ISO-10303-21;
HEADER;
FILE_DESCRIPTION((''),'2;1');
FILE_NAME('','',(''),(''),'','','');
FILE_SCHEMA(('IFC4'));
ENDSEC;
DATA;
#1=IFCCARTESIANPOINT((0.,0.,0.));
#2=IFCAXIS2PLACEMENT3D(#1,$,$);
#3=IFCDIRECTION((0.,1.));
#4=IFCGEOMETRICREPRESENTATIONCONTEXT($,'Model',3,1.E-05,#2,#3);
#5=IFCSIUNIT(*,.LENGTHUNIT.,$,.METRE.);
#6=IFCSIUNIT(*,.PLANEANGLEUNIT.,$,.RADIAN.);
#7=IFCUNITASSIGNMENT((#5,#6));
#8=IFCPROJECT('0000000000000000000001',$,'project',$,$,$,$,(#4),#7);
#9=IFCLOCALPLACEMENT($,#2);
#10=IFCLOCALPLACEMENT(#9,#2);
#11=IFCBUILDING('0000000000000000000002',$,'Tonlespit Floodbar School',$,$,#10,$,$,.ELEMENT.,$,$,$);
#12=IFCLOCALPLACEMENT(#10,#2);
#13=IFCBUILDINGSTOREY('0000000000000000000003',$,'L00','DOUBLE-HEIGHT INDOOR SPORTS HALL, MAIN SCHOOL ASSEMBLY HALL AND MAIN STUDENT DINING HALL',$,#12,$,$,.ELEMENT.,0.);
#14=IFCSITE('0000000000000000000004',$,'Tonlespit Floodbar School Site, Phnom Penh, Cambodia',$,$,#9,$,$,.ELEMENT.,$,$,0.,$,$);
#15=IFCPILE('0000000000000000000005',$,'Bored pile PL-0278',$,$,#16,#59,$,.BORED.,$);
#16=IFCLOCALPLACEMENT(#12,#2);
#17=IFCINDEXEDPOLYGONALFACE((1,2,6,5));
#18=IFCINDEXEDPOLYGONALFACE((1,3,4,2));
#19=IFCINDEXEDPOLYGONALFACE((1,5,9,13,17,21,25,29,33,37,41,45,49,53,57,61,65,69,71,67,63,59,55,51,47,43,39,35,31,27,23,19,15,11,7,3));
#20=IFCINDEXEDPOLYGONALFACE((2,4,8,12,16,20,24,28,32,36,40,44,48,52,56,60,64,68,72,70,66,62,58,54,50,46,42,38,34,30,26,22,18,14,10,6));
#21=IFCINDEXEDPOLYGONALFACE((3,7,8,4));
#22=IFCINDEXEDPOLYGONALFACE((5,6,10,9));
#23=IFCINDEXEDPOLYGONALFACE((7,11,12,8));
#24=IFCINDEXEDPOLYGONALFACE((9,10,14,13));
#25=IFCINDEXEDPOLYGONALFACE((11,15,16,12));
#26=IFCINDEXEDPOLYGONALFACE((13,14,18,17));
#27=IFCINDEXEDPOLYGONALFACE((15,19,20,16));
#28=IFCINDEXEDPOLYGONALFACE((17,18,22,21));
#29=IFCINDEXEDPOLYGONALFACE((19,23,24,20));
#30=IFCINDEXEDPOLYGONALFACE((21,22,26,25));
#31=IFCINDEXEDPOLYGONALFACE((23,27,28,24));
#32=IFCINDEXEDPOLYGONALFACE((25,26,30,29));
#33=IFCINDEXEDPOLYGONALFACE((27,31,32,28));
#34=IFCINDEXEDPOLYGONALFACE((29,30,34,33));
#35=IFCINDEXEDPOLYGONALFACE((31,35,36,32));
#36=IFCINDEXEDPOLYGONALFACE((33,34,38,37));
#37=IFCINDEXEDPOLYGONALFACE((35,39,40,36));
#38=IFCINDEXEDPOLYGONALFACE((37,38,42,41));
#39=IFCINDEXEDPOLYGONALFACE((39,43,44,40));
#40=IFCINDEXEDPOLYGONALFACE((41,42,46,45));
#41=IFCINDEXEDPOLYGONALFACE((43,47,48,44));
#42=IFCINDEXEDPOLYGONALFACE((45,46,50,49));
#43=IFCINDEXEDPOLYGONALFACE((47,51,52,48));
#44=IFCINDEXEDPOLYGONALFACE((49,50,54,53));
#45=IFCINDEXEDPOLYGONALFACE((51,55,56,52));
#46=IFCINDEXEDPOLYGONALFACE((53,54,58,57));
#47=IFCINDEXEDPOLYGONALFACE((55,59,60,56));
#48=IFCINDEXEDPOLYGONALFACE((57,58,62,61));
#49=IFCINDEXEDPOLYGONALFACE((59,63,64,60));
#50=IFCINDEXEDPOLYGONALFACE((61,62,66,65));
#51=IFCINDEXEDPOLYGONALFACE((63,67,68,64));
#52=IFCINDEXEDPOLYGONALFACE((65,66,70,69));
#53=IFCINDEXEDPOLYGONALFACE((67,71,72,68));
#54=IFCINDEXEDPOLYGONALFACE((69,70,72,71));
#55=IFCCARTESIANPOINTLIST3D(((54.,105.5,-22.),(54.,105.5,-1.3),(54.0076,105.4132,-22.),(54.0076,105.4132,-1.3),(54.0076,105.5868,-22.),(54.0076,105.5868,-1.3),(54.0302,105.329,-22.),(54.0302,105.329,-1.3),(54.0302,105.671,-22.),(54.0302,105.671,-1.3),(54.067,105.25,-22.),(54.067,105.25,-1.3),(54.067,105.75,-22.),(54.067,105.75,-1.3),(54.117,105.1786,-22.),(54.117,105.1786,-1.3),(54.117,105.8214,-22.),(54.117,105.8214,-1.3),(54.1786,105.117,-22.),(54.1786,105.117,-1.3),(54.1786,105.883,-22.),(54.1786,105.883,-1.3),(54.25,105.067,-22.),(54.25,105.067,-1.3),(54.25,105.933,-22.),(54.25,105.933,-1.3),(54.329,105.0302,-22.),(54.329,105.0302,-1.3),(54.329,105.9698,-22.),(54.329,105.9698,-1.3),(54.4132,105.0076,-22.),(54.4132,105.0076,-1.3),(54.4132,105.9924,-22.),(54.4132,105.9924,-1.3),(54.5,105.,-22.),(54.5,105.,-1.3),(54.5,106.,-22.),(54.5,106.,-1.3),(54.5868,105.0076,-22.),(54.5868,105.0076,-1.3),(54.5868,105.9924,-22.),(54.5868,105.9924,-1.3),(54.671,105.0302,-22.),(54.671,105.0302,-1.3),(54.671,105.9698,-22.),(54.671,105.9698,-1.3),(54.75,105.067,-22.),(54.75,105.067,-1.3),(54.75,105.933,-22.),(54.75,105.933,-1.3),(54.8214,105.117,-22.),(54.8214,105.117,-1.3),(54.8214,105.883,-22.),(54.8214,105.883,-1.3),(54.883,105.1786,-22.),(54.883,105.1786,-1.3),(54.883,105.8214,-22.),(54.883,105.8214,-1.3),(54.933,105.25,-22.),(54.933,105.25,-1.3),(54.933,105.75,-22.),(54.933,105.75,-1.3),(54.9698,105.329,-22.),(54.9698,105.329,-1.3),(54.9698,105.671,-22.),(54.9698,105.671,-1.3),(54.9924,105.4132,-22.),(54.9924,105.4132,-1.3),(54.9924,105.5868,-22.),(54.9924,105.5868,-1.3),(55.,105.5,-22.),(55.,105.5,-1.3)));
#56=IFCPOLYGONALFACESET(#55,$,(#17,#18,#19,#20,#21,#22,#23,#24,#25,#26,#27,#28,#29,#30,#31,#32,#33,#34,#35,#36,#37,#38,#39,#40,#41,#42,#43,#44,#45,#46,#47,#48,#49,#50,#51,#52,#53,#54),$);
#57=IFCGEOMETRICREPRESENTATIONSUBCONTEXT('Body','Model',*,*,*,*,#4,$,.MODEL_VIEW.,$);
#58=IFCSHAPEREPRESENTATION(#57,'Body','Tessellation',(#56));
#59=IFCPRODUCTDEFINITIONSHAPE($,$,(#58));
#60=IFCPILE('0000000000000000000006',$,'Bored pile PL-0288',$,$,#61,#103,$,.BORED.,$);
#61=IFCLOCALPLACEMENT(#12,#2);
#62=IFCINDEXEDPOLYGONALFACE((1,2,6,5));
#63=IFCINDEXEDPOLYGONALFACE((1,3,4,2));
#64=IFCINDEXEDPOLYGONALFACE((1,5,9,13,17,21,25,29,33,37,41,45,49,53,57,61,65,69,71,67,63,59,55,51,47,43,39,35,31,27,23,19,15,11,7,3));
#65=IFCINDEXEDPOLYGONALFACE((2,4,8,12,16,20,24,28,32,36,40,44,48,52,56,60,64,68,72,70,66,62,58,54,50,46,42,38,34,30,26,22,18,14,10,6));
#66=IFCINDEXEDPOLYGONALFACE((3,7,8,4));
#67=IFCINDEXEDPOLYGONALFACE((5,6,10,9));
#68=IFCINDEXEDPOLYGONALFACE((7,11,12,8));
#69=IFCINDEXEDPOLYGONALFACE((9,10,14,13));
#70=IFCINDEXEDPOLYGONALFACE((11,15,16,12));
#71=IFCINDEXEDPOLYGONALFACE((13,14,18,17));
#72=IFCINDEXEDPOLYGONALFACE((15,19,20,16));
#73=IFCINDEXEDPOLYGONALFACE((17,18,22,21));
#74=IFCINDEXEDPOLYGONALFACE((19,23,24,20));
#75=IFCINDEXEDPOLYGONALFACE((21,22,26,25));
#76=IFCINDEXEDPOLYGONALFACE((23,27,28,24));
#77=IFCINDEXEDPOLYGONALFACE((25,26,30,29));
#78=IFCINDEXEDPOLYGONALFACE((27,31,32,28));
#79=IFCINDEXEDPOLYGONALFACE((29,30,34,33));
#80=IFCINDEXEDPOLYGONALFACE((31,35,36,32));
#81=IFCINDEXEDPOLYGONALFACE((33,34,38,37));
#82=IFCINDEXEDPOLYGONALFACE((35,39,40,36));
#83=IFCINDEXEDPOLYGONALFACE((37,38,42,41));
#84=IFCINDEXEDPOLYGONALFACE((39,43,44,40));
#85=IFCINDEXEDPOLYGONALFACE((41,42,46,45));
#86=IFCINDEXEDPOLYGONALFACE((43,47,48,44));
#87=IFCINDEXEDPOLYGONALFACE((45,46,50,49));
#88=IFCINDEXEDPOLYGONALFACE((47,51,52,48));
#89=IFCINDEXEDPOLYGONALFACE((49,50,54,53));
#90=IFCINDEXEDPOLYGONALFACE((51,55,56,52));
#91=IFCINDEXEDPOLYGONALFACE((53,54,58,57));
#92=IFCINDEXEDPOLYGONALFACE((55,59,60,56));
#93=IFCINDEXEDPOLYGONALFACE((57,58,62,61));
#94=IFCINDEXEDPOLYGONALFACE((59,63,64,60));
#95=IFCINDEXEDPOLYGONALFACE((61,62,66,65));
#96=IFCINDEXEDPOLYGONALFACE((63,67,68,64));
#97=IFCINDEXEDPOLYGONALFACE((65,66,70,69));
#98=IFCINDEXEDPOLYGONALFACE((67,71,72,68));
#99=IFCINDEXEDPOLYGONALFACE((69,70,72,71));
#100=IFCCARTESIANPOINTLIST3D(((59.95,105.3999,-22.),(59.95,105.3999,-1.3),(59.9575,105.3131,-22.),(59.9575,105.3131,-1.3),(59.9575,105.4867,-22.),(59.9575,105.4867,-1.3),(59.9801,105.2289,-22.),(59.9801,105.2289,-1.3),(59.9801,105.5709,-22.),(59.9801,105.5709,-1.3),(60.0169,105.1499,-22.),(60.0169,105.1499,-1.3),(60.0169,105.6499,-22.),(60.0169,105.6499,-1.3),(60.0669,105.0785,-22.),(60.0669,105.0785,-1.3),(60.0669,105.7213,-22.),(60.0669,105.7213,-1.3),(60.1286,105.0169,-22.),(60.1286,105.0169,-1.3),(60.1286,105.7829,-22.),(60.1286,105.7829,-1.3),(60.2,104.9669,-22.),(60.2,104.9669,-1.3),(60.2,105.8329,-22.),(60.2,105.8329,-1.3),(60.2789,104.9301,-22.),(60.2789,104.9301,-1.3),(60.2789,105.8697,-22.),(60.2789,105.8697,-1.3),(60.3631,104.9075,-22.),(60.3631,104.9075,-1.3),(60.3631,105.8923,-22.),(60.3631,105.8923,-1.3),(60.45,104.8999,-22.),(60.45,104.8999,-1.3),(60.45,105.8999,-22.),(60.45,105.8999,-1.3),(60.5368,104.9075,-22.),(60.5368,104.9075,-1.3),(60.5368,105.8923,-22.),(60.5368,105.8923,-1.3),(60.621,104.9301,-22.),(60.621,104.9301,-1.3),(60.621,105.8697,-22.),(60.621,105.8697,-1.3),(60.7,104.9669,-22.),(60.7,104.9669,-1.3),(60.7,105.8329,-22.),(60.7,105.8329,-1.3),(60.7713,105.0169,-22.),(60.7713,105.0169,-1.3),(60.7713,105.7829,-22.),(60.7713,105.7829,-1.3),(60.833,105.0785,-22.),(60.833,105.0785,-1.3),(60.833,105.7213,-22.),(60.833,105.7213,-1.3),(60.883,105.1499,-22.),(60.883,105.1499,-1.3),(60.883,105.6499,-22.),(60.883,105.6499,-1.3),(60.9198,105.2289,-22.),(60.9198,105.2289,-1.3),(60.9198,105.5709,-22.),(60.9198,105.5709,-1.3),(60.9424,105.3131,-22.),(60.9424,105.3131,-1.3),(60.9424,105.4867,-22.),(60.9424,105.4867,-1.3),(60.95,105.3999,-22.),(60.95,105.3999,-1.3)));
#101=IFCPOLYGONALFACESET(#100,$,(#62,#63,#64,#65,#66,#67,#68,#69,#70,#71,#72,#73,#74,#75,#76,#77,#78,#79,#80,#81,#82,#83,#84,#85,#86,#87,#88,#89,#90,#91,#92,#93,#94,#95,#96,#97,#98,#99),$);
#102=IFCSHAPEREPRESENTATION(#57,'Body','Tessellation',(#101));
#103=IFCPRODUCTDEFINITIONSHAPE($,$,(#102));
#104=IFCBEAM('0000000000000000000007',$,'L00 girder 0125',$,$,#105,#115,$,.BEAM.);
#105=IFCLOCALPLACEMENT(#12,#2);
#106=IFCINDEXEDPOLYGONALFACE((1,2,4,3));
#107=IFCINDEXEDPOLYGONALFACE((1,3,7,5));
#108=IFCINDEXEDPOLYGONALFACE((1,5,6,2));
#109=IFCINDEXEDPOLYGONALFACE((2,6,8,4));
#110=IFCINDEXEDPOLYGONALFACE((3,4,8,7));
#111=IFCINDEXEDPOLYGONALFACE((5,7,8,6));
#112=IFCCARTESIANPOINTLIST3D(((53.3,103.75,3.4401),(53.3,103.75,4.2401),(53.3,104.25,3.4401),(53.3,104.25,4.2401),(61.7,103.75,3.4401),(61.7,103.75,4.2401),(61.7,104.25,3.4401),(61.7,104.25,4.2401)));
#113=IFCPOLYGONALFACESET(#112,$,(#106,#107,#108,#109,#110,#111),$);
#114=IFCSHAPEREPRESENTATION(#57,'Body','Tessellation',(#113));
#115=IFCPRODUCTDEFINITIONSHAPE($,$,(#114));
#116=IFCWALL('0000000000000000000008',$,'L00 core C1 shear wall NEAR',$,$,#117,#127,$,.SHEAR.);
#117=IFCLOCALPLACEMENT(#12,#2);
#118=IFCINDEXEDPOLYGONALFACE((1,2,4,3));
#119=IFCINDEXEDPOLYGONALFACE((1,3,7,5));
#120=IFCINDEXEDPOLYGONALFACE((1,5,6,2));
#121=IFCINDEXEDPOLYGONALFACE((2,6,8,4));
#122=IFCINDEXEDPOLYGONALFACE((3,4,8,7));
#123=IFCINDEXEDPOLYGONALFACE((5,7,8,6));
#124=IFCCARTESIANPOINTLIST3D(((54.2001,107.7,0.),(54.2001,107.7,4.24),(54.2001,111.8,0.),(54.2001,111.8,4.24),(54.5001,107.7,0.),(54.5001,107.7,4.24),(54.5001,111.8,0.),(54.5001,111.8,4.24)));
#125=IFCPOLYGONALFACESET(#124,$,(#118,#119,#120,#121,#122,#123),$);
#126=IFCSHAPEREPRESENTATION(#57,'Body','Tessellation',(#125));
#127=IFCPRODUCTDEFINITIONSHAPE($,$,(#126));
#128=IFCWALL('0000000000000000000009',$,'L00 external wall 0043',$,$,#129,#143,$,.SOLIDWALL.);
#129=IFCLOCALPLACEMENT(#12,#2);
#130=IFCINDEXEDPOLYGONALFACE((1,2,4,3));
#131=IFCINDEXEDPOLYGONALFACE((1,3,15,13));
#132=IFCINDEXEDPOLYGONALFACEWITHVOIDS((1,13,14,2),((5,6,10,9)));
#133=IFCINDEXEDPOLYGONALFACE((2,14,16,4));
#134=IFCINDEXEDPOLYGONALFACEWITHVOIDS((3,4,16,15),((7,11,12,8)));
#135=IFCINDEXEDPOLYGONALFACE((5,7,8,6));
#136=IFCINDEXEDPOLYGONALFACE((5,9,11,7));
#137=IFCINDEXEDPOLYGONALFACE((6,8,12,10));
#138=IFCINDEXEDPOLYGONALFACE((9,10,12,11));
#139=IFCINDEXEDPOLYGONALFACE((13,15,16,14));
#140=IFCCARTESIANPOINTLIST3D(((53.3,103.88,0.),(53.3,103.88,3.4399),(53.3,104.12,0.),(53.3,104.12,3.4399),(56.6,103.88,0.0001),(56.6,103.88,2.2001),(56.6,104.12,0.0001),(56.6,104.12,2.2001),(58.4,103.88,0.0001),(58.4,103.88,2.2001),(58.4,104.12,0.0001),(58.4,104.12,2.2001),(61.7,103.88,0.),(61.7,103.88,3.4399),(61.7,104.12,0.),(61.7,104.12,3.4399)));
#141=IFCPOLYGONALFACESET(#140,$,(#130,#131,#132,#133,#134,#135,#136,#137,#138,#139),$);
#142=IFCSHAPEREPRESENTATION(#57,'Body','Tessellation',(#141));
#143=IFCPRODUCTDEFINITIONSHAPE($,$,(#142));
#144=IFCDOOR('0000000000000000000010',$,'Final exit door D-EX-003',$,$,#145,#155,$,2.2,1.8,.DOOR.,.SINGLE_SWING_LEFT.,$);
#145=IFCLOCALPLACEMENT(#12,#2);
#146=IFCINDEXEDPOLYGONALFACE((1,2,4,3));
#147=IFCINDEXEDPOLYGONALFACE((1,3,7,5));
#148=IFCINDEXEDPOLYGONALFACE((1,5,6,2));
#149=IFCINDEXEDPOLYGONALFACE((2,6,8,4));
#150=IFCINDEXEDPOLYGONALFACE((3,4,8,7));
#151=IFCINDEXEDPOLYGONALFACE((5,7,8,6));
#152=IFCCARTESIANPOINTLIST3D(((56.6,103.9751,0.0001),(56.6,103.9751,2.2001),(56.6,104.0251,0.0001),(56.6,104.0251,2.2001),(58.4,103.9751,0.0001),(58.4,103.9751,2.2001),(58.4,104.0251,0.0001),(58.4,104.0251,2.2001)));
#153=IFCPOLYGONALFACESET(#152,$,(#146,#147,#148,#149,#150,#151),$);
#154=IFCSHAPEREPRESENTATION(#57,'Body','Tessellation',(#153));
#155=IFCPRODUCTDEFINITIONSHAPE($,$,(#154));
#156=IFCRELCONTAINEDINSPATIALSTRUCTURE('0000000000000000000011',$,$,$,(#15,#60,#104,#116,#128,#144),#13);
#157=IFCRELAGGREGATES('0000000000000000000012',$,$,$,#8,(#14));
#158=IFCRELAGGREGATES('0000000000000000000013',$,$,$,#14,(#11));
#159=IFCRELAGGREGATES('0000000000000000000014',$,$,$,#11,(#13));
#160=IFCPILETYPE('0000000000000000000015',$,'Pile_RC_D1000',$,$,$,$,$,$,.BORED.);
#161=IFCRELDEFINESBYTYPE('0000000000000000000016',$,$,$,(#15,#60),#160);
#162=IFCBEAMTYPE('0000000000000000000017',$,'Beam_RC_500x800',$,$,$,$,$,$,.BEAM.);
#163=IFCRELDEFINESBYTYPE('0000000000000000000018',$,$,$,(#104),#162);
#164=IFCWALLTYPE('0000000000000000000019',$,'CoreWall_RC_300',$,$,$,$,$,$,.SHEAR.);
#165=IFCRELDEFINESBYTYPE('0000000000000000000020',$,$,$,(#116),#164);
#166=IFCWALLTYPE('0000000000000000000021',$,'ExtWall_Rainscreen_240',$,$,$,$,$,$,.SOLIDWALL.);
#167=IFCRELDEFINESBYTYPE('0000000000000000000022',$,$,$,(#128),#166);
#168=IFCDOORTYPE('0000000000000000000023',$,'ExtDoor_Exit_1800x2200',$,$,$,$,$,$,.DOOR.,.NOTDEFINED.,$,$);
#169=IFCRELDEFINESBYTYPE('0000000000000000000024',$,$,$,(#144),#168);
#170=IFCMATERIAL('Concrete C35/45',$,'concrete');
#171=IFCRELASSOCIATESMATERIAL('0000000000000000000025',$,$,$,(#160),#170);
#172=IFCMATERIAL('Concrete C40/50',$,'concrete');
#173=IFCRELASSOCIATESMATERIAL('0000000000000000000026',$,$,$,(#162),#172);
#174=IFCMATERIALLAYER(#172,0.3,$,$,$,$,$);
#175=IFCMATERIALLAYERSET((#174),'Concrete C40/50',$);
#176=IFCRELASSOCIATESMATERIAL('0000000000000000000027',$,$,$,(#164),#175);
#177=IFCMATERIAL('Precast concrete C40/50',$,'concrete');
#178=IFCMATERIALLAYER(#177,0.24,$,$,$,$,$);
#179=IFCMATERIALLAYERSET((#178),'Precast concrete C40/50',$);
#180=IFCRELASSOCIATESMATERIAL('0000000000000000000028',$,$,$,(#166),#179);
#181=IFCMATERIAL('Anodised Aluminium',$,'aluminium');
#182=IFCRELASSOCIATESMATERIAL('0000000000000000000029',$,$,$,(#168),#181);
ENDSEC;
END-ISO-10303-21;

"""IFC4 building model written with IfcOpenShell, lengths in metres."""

from ifc_helpers import new_model, si_unit, direction, frame, frame_2d, origin, origin_2d, place, context, subcontext, project, spatial, rectangle, circle, extrude, material, layer, layer_set, material_profile, profile_set, type_object, element, fill, save


model = new_model("IFC4")

# Units and contexts
model_context = context("Model", 3, precision=1e-05, world=origin(), true_north=direction((0.0, 1.0)))
body_context = subcontext(model_context, "Body", "Model", "MODEL_VIEW")
ifc_project = project(units=[si_unit("LENGTHUNIT", "METRE"), si_unit("PLANEANGLEUNIT", "RADIAN")], contexts=[model_context])

# Site, building, storey
site_placement = place(None, origin())
site = spatial("IfcSite", under=ifc_project, at=site_placement, Name="Tonlespit Floodbar School Site, Phnom Penh, Cambodia", CompositionType="ELEMENT", RefElevation=0.0)
building_placement = place(site_placement, origin())
building = spatial("IfcBuilding", under=site, at=building_placement, Name="Tonlespit Floodbar School", CompositionType="ELEMENT")
storey_placement = place(building_placement, origin())
storey = spatial("IfcBuildingStorey", under=building, at=storey_placement, Name="L00", Description="DOUBLE-HEIGHT INDOOR SPORTS HALL, MAIN SCHOOL ASSEMBLY HALL AND MAIN STUDENT DINING HALL", CompositionType="ELEMENT", Elevation=0.0)

# Shared definitions
ifc_material_1 = material(Name="Concrete C40/50", Category="concrete")

# Piles
ifc_material_2 = material(Name="Concrete C35/45", Category="concrete")
ifc_material_profile_1 = material_profile(ifc_material_2, circle(Radius=0.5, at=origin_2d()), Name="BP D1000")
ifc_profile_set_1 = profile_set([ifc_material_profile_1], Name="Concrete C35/45")
pile_type = type_object("IfcPileType", Name="Pile_RC_D1000", PredefinedType="BORED", material=ifc_profile_set_1)
for number, where, z_axis, x_axis, name in (
    (1, (54.5, 105.5, -1.3), (0.0, 0.0, -1.0), (1.0, 0.0, 0.0), "Bored pile PL-0278"),
    (2, (60.45, 105.3999, -1.3), (0.0, 0.0, -1.0), (1.0, 0.0, 0.0), "Bored pile PL-0288"),
):
    element("IfcPile", number, at=place(storey_placement, frame(where, z_axis=z_axis, x_axis=x_axis)), inside=storey, type_object=pile_type, Name=name, PredefinedType="BORED", context=body_context, shape_type="SweptSolid", body=[
        extrude(circle(Radius=0.5, at=origin_2d()), origin(), (0.0, 0.0, 1.0), 20.7),
    ])

# Beam
ifc_material_profile_2 = material_profile(ifc_material_1, rectangle(XDim=0.5, YDim=0.8, at=origin_2d()), Name="RC 500x800")
ifc_profile_set_2 = profile_set([ifc_material_profile_2], Name="Concrete C40/50")
beam_type = type_object("IfcBeamType", Name="Beam_RC_500x800", PredefinedType="BEAM", material=ifc_profile_set_2)
beam_placement = place(storey_placement, frame((53.3, 104.0, 3.8401), z_axis=(1.0, 0.0, 0.0), x_axis=(0.0, 1.0, 0.0)))
element("IfcBeam", 3, at=beam_placement, inside=storey, type_object=beam_type, Name="L00 girder 0125", PredefinedType="BEAM", context=body_context, shape_type="SweptSolid", body=[
    extrude(rectangle(XDim=0.5, YDim=0.8, at=origin_2d()), origin(), (0.0, 0.0, 1.0), 8.3999),
])

# Wall
ifc_layer_1 = layer(ifc_material_1, 0.3)
ifc_layer_set_1 = layer_set([ifc_layer_1], Name="Concrete C40/50")
wall_type_1 = type_object("IfcWallType", Name="CoreWall_RC_300", PredefinedType="SHEAR", material=ifc_layer_set_1)
wall_1_placement = place(storey_placement, frame((54.3501, 107.7, 0.0), z_axis=(0.0, 0.0, 1.0), x_axis=(0.0, 1.0, 0.0)))
element("IfcWall", 4, at=wall_1_placement, inside=storey, type_object=wall_type_1, Name="L00 core C1 shear wall NEAR", PredefinedType="SHEAR", context=body_context, shape_type="SweptSolid", body=[
    extrude(rectangle(XDim=4.1001, YDim=0.3, at=frame_2d((2.05, 0.0))), origin(), (0.0, 0.0, 1.0), 4.24),
])

# Wall, opening, door
ifc_material_3 = material(Name="Precast concrete C40/50", Category="concrete")
ifc_layer_2 = layer(ifc_material_3, 0.24)
ifc_layer_set_2 = layer_set([ifc_layer_2], Name="Precast concrete C40/50")
wall_type_2 = type_object("IfcWallType", Name="ExtWall_Rainscreen_240", PredefinedType="SOLIDWALL", material=ifc_layer_set_2)
wall_2_placement = place(storey_placement, frame((61.7, 104.0, 0.0), z_axis=(0.0, 0.0, 1.0), x_axis=(-1.0, 0.0, 0.0)))
wall_2 = element("IfcWall", 5, at=wall_2_placement, inside=storey, type_object=wall_type_2, Name="L00 external wall 0043", PredefinedType="SOLIDWALL", context=body_context, shape_type="SweptSolid", body=[
    extrude(rectangle(XDim=8.3999, YDim=0.24, at=frame_2d((4.2, 0.0))), origin(), (0.0, 0.0, 1.0), 3.4399),
])
opening_1_placement = place(wall_2_placement, frame((3.3, 0.0, 0.0)))
opening_1 = element("IfcOpeningElement", 6, at=opening_1_placement, cuts=wall_2, PredefinedType="OPENING", context=body_context, shape_type="SweptSolid", body=[
    extrude(rectangle(XDim=1.8, YDim=2.2, at=frame_2d((0.8999, 1.1001))), frame((0.0, 0.1299, 0.0), z_axis=(0.0, -1.0, 0.0), x_axis=(1.0, 0.0, 0.0)), (0.0, 0.0, 1.0), 0.26),
])
ifc_material_4 = material(Name="Anodised Aluminium", Category="aluminium")
door_type_1 = type_object("IfcDoorType", Name="ExtDoor_Exit_1800x2200", OperationType="NOTDEFINED", PredefinedType="DOOR", material=ifc_material_4)
door_1_placement = place(opening_1_placement, origin())
door_1 = element("IfcDoor", 7, at=door_1_placement, inside=storey, type_object=door_type_1, Name="Final exit door D-EX-003", OperationType="SINGLE_SWING_LEFT", OverallHeight=2.2, OverallWidth=1.8, PredefinedType="DOOR", context=body_context, shape_type="SweptSolid", body=[
    extrude(rectangle(XDim=1.8, YDim=2.2, at=frame_2d((0.8999, 1.1001))), frame((0.0, 0.0249, 0.0), z_axis=(0.0, -1.0, 0.0), x_axis=(1.0, 0.0, 0.0)), (0.0, 0.0, 1.0), 0.05),
])
fill(opening_1, door_1)

save(model, "model.ifc")
